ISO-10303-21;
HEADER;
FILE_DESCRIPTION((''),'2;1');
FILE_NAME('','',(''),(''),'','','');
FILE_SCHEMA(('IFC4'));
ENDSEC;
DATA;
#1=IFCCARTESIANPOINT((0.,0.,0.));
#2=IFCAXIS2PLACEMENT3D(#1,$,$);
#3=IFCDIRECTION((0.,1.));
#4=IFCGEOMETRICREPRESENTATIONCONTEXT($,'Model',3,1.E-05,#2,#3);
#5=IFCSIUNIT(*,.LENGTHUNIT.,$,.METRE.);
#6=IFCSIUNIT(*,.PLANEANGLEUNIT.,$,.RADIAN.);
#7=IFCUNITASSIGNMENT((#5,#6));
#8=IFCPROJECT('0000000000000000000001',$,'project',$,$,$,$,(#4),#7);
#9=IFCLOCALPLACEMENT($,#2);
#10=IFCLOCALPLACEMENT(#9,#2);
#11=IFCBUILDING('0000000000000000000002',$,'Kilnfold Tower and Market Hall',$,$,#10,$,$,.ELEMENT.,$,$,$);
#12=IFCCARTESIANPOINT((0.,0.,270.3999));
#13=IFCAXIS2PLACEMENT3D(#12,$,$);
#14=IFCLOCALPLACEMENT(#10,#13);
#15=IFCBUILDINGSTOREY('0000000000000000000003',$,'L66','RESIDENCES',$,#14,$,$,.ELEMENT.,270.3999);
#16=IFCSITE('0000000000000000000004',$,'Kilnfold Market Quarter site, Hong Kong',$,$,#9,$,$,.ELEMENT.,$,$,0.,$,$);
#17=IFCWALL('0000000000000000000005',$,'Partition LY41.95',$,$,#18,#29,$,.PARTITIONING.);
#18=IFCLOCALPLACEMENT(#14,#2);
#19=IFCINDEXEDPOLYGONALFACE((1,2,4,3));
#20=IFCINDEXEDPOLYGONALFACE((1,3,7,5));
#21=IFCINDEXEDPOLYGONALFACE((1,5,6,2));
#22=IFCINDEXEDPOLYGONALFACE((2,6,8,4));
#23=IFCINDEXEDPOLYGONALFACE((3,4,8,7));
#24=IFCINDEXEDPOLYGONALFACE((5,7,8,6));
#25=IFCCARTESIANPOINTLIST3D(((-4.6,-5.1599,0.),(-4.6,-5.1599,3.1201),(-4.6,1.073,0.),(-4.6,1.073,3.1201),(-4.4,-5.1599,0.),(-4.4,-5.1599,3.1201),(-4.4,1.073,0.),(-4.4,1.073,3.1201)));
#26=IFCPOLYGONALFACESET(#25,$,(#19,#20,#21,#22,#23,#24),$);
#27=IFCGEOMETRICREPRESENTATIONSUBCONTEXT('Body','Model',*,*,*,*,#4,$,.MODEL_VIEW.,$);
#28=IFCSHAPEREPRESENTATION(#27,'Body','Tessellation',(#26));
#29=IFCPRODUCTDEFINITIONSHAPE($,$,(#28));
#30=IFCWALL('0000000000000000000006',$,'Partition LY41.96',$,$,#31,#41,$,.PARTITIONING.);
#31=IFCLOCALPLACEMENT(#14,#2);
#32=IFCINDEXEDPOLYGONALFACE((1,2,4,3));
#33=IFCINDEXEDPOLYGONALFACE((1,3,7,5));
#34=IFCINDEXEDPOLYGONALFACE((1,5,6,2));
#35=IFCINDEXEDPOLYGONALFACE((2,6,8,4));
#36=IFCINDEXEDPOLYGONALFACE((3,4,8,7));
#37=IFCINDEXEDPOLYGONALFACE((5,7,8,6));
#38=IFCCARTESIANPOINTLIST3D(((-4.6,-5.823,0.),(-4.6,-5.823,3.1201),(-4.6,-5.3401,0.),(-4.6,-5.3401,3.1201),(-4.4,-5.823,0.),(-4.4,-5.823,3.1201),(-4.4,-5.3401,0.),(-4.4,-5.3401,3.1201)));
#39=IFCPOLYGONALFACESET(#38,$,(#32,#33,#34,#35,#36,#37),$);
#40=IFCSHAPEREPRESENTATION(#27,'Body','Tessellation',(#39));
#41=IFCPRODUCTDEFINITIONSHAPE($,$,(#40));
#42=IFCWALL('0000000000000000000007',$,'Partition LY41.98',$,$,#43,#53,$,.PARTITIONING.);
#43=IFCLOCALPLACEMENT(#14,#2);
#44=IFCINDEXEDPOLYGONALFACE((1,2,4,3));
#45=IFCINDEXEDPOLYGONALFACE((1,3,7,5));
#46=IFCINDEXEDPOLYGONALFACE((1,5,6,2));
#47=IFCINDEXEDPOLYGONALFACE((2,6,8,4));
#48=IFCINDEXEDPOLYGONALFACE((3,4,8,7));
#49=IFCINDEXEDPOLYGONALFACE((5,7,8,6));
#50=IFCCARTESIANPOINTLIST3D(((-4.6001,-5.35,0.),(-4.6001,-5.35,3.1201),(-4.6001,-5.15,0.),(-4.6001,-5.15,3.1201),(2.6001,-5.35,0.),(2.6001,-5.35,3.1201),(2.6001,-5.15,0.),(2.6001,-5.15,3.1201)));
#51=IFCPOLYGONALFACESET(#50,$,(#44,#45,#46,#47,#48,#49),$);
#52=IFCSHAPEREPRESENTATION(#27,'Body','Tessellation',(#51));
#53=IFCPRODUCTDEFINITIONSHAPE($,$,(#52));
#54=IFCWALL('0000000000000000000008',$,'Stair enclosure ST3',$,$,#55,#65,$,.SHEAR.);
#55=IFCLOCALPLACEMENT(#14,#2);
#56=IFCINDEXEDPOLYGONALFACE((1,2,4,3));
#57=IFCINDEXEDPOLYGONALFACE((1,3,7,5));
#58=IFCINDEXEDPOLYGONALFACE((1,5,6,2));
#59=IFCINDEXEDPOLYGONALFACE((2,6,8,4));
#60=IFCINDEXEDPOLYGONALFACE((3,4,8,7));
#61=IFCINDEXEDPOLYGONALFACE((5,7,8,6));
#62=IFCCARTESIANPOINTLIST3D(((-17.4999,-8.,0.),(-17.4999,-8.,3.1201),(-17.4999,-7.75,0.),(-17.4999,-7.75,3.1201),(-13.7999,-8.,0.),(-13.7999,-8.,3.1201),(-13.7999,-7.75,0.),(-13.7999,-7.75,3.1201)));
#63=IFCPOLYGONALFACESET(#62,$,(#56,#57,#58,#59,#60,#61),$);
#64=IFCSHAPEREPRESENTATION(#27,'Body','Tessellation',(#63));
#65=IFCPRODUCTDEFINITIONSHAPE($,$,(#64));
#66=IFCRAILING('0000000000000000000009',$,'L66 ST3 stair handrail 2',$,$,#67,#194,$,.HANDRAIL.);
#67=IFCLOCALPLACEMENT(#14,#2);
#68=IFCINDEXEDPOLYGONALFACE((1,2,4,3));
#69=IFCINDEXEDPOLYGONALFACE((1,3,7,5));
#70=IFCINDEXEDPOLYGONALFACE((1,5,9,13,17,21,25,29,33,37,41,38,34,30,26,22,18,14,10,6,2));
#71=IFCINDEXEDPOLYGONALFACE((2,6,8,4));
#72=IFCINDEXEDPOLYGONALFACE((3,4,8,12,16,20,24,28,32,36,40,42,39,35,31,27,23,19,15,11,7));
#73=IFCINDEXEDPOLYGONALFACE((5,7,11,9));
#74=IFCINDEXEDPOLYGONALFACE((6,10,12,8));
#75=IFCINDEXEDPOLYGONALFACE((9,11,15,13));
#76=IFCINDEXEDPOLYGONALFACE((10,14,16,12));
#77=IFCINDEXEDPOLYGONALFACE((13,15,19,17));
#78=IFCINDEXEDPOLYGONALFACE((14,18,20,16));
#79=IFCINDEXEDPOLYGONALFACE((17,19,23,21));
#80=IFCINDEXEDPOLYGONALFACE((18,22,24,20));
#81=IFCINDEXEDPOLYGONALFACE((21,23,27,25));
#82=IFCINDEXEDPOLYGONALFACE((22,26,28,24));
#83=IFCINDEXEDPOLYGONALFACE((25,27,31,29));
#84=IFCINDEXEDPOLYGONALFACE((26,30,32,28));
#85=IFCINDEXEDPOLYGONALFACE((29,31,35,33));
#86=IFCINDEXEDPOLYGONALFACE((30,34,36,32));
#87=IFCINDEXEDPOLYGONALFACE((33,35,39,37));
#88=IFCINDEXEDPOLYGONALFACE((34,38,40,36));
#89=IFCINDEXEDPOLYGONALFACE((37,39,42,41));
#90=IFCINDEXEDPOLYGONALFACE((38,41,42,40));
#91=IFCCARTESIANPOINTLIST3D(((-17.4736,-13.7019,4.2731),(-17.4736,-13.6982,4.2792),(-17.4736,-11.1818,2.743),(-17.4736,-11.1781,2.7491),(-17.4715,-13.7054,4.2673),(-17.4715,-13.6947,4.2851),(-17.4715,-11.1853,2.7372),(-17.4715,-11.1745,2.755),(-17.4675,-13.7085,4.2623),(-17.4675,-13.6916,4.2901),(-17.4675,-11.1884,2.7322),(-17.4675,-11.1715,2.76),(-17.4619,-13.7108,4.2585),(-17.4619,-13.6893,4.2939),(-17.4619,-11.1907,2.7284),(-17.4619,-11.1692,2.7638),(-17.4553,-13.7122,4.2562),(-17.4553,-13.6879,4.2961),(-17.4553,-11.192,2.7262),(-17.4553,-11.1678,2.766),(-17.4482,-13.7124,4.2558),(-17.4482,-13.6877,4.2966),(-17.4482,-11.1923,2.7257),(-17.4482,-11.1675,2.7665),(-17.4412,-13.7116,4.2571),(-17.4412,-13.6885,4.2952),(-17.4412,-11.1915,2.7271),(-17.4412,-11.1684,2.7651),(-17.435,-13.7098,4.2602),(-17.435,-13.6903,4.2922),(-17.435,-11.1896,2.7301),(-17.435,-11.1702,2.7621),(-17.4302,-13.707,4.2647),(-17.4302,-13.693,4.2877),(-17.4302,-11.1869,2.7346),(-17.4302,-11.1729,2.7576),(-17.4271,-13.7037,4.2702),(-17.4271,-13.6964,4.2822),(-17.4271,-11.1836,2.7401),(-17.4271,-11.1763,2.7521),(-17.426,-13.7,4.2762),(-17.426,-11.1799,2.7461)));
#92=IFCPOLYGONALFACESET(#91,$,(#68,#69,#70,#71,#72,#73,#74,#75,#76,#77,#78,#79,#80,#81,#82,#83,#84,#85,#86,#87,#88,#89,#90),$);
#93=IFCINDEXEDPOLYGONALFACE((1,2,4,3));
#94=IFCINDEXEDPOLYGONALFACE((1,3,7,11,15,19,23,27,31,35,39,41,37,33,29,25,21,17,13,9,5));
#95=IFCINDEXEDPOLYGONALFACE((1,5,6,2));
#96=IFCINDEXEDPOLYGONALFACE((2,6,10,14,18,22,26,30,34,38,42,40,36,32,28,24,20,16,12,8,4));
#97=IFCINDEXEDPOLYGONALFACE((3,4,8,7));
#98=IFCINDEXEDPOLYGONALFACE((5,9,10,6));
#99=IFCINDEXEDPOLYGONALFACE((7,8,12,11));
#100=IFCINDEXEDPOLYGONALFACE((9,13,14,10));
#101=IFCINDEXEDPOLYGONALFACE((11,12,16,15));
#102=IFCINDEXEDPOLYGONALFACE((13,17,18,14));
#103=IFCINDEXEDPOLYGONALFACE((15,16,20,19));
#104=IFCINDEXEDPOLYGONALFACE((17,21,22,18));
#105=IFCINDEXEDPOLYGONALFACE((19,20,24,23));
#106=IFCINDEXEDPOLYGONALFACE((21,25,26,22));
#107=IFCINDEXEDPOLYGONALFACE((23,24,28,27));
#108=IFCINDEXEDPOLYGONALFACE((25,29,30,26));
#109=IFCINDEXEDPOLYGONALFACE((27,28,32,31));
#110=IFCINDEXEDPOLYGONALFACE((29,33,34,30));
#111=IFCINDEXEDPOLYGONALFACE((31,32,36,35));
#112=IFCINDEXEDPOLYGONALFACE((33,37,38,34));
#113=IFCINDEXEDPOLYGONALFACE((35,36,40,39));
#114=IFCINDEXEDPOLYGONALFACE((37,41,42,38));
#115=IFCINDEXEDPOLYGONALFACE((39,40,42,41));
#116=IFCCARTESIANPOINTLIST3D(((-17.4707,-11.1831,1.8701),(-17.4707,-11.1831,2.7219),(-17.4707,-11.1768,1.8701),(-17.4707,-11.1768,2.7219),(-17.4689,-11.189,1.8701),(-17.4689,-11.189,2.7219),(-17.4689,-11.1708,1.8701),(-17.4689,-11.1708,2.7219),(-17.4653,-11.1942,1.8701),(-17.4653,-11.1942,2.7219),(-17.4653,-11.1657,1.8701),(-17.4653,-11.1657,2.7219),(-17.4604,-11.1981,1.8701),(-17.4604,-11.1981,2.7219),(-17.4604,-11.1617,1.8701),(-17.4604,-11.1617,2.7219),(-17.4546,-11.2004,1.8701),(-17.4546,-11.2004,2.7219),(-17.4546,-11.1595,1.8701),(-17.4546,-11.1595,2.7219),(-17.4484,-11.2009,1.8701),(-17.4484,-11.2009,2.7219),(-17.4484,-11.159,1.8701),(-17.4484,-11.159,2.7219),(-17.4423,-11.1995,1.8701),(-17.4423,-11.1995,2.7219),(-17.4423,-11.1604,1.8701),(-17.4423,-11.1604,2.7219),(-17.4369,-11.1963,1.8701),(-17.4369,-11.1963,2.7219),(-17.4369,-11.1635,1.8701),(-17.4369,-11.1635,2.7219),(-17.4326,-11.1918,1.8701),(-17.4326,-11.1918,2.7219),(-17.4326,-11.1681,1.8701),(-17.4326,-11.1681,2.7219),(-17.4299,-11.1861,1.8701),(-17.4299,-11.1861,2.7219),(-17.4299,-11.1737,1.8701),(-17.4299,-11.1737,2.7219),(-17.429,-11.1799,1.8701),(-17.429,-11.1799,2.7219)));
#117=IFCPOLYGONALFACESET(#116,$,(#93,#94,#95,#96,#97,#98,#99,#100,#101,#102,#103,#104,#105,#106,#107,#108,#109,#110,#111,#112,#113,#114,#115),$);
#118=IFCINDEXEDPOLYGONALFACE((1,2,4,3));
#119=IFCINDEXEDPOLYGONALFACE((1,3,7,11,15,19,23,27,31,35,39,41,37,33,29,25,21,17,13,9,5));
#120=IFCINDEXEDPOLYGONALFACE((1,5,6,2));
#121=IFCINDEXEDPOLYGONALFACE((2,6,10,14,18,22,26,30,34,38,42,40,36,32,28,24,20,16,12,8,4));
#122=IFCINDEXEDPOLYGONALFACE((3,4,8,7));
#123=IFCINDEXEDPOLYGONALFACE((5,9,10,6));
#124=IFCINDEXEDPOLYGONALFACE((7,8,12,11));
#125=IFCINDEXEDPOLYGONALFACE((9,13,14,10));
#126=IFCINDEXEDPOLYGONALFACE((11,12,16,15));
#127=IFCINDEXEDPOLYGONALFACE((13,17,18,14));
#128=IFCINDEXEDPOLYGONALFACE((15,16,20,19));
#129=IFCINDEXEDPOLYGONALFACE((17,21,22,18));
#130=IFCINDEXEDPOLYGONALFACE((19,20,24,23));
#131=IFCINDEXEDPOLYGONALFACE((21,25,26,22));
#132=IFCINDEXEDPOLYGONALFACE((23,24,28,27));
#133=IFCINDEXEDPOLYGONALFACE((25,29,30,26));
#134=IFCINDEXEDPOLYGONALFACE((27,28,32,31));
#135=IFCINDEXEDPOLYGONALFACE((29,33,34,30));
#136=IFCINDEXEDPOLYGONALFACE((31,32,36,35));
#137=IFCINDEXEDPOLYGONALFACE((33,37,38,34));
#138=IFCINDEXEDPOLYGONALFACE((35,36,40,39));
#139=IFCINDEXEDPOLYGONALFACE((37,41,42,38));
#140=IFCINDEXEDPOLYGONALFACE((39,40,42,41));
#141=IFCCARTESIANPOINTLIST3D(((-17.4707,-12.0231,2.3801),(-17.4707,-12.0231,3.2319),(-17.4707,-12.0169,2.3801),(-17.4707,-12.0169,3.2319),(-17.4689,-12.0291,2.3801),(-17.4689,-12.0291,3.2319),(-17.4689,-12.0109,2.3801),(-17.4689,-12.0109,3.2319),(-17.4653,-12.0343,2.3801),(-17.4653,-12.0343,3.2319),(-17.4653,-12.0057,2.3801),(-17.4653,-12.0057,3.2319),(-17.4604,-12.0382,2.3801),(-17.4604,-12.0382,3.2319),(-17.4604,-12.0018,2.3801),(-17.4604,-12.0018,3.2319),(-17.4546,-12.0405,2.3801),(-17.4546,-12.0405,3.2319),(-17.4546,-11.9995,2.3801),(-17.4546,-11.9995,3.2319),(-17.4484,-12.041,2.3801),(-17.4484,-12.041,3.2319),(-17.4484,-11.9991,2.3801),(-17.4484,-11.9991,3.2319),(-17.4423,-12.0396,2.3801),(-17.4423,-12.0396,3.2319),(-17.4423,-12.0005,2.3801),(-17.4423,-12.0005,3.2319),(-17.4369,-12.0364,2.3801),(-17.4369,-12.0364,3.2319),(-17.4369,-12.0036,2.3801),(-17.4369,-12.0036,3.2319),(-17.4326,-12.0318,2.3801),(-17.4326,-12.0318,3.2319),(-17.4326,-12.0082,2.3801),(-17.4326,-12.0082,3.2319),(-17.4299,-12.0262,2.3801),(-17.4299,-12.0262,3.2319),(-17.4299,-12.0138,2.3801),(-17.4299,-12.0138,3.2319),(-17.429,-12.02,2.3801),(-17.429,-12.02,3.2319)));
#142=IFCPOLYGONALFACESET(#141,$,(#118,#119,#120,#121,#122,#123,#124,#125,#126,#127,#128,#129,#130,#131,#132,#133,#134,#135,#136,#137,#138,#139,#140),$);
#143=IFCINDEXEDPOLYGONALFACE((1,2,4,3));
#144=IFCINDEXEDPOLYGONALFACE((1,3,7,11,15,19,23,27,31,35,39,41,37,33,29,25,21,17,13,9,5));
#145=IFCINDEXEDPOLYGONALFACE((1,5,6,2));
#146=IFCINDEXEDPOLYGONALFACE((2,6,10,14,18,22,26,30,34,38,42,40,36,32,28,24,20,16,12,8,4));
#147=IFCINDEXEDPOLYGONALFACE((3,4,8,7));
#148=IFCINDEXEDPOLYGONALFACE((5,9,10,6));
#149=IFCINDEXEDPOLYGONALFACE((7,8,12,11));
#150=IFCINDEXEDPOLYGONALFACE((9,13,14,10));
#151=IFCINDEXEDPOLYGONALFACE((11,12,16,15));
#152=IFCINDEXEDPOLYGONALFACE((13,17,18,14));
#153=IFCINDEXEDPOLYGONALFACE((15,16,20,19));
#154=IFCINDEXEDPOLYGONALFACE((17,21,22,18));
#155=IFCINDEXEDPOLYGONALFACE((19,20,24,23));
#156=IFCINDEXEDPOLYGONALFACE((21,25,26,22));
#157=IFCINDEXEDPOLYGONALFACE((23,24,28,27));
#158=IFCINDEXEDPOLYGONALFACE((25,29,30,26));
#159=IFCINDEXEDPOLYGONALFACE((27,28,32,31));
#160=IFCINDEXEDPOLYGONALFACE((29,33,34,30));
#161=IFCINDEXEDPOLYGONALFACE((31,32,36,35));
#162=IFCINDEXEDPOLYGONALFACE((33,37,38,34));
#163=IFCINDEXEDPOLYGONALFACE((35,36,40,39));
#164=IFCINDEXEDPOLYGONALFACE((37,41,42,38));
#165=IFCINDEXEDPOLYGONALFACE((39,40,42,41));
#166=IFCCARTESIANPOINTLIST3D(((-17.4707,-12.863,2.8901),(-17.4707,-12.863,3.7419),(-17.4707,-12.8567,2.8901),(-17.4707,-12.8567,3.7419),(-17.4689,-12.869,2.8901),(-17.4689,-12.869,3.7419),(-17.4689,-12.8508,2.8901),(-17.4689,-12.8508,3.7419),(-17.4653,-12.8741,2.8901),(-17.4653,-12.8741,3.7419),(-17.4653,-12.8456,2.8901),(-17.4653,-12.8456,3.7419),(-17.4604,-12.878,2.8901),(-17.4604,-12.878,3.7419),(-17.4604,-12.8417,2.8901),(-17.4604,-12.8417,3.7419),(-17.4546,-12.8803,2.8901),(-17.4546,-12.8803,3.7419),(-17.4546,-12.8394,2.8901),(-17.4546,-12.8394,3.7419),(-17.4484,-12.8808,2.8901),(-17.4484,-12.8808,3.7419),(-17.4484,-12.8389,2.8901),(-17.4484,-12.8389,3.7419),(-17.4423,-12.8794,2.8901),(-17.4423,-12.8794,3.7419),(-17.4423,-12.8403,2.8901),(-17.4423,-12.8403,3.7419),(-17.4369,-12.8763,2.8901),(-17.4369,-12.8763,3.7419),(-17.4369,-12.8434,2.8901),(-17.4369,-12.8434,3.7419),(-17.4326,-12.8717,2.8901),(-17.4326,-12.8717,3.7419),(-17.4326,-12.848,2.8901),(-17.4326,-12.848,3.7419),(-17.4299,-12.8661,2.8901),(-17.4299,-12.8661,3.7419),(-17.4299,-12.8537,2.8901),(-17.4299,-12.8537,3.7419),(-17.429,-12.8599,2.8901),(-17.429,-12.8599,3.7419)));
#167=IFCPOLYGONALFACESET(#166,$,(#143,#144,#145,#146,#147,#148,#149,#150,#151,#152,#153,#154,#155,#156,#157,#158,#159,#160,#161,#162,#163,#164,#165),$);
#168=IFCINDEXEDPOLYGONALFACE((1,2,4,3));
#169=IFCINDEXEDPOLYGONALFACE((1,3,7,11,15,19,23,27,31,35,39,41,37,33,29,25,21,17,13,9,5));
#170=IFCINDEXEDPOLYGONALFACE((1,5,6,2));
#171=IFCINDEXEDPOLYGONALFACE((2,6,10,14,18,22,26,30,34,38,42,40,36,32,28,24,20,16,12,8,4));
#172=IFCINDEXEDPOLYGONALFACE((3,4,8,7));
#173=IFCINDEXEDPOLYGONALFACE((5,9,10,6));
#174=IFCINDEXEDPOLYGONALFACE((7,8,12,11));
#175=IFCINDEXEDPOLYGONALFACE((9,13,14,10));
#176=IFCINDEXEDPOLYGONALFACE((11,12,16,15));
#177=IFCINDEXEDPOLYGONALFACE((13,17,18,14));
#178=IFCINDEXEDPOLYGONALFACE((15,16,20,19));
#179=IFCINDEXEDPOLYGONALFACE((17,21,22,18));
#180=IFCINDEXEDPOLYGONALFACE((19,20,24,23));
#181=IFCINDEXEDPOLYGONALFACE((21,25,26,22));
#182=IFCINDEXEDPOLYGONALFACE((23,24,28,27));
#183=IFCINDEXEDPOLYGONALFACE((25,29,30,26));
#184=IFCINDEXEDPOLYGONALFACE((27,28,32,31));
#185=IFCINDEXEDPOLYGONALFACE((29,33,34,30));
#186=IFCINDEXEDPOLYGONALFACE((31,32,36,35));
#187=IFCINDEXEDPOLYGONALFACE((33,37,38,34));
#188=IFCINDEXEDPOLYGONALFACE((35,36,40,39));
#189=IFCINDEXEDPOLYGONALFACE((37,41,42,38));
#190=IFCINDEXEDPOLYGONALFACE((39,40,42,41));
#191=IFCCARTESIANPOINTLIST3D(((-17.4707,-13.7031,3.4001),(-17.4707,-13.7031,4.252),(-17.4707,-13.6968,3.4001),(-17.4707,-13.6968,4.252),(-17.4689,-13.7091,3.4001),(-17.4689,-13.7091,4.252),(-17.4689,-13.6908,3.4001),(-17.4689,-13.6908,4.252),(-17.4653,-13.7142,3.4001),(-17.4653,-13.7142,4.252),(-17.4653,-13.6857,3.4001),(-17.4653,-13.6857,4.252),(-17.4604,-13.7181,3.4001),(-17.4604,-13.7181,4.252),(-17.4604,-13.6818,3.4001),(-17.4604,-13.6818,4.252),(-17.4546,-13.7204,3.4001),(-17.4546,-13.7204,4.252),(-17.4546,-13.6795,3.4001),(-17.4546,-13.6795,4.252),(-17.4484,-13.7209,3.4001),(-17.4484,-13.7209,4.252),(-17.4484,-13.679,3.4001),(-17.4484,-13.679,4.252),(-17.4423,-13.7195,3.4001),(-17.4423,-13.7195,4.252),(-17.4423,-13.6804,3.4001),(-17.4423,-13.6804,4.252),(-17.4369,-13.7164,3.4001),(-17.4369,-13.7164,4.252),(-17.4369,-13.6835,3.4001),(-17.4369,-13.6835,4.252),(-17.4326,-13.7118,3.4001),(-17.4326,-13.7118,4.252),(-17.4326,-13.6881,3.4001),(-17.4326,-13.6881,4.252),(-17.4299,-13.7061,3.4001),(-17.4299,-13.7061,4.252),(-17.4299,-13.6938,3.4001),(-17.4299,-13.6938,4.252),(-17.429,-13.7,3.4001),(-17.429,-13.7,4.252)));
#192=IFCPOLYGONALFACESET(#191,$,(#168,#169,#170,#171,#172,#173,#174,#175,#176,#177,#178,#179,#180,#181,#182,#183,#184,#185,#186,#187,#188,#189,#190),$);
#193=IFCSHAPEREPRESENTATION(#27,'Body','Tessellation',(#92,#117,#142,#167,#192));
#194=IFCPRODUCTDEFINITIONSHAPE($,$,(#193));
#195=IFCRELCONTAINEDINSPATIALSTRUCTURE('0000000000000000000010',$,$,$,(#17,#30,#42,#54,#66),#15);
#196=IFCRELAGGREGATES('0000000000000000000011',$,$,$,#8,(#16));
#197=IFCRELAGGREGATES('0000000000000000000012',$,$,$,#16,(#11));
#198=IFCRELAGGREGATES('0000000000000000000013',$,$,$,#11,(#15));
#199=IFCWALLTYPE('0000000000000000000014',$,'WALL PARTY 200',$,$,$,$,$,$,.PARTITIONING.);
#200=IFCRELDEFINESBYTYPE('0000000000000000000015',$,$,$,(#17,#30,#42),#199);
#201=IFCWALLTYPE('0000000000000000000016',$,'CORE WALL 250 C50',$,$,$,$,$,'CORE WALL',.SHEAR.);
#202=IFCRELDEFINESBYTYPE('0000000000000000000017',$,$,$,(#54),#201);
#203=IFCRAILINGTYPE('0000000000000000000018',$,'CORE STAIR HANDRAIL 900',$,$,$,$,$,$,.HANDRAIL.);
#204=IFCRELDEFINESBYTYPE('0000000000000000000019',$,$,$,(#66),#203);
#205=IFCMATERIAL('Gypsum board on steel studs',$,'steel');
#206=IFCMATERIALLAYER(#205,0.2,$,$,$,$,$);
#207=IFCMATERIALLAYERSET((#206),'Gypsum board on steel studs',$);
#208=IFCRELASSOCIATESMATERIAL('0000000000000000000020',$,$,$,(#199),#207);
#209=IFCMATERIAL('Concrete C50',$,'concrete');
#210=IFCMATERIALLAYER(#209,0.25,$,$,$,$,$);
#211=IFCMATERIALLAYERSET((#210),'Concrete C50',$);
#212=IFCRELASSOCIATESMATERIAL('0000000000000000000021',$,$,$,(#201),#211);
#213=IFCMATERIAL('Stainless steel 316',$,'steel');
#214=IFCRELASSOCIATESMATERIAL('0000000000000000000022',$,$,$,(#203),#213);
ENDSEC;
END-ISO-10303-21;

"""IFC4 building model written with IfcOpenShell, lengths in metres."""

from ifc_helpers import new_model, si_unit, direction, frame, frame_2d, origin, origin_2d, place, context, subcontext, project, spatial, rectangle, circle, extrude, source, transform, mapped, material, layer, layer_set, type_object, element, save


model = new_model("IFC4")

# Units and contexts
model_context = context("Model", 3, precision=1e-05, world=origin(), true_north=direction((0.0, 1.0)))
body_context = subcontext(model_context, "Body", "Model", "MODEL_VIEW")
ifc_project = project(units=[si_unit("LENGTHUNIT", "METRE"), si_unit("PLANEANGLEUNIT", "RADIAN")], contexts=[model_context])

# Site, building, storey
site_placement = place(None, origin())
site = spatial("IfcSite", under=ifc_project, at=site_placement, Name="Kilnfold Market Quarter site, Hong Kong", CompositionType="ELEMENT", RefElevation=0.0)
building_placement = place(site_placement, origin())
building = spatial("IfcBuilding", under=site, at=building_placement, Name="Kilnfold Tower and Market Hall", CompositionType="ELEMENT")
storey_placement = place(building_placement, frame((0.0, 0.0, 270.3999)))
storey = spatial("IfcBuildingStorey", under=building, at=storey_placement, Name="L66", Description="RESIDENCES", CompositionType="ELEMENT", Elevation=270.3999)

# Walls
ifc_material_1 = material(Name="Gypsum board on steel studs", Category="steel")
ifc_layer_1 = layer(ifc_material_1, 0.2)
ifc_layer_set_1 = layer_set([ifc_layer_1], Name="Gypsum board on steel studs")
wall_type_1 = type_object("IfcWallType", Name="WALL PARTY 200", PredefinedType="PARTITIONING", material=ifc_layer_set_1)
wall_1_placement = place(storey_placement, frame((-4.5, -5.1599, 0.0), z_axis=(0.0, 0.0, 1.0), x_axis=(0.0, 1.0, 0.0)))
element("IfcWall", 1, at=wall_1_placement, inside=storey, type_object=wall_type_1, Name="Partition LY41.95", PredefinedType="PARTITIONING", context=body_context, shape_type="SweptSolid", body=[
    extrude(rectangle(XDim=6.2329, YDim=0.2, at=frame_2d((3.1165, 0.0))), origin(), (0.0, 0.0, 1.0), 3.1201),
])
wall_2_placement = place(storey_placement, frame((-4.5, -5.823, 0.0), z_axis=(0.0, 0.0, 1.0), x_axis=(0.0, 1.0, 0.0)))
element("IfcWall", 2, at=wall_2_placement, inside=storey, type_object=wall_type_1, Name="Partition LY41.96", PredefinedType="PARTITIONING", context=body_context, shape_type="SweptSolid", body=[
    extrude(rectangle(XDim=0.4829, YDim=0.2, at=frame_2d((0.2415, 0.0))), origin(), (0.0, 0.0, 1.0), 3.1201),
])
wall_3_placement = place(storey_placement, frame((-4.6001, -5.25, 0.0), z_axis=(0.0, 0.0, 1.0), x_axis=(1.0, 0.0, 0.0)))
element("IfcWall", 3, at=wall_3_placement, inside=storey, type_object=wall_type_1, Name="Partition LY41.98", PredefinedType="PARTITIONING", context=body_context, shape_type="SweptSolid", body=[
    extrude(rectangle(XDim=7.2002, YDim=0.2, at=frame_2d((3.6001, 0.0))), origin(), (0.0, 0.0, 1.0), 3.1201),
])
ifc_material_2 = material(Name="Concrete C50", Category="concrete")
ifc_layer_2 = layer(ifc_material_2, 0.25)
ifc_layer_set_2 = layer_set([ifc_layer_2], Name="Concrete C50")
wall_type_2 = type_object("IfcWallType", Name="CORE WALL 250 C50", ElementType="CORE WALL", PredefinedType="SHEAR", material=ifc_layer_set_2)
shared_shape_1 = source(origin(), body_context, "Body", "SweptSolid", [
    extrude(rectangle(XDim=3.7, YDim=0.25, at=frame_2d((1.8501, 0.0))), origin(), (0.0, 0.0, 1.0), 3.1201),
])
wall_4_placement = place(storey_placement, frame((-17.5, -7.875, 0.0), z_axis=(0.0, 0.0, 1.0), x_axis=(1.0, 0.0, 0.0)))
element("IfcWall", 4, at=wall_4_placement, inside=storey, type_object=wall_type_2, Name="Stair enclosure ST3", PredefinedType="SHEAR", context=body_context, shape_type="MappedRepresentation", body=[
    mapped(shared_shape_1, transform((0.0, 0.0, 0.0))),
])

# Railing
ifc_material_3 = material(Name="Stainless steel 316", Category="steel")
railing_type = type_object("IfcRailingType", Name="CORE STAIR HANDRAIL 900", PredefinedType="HANDRAIL", material=ifc_material_3)
railing_placement = place(storey_placement, frame((-17.45, -11.1799, 1.8701)))
element("IfcRailing", 5, at=railing_placement, inside=storey, type_object=railing_type, Name="L66 ST3 stair handrail 2", PredefinedType="HANDRAIL", context=body_context, shape_type="SweptSolid", body=[
    extrude(circle(Radius=0.0239, at=origin_2d()), frame((0.0, 0.0, 0.876), z_axis=(0.0, -0.854785, 0.518982), x_axis=(1.0, 0.0, 0.0)), (0.0, 0.0, 1.0), 2.9482),
    extrude(circle(Radius=0.021, at=origin_2d()), origin(), (0.0, 0.0, 1.0), 0.8518),
    extrude(circle(Radius=0.021, at=origin_2d()), frame((0.0, -0.8401, 0.51)), (0.0, 0.0, 1.0), 0.8518),
    extrude(circle(Radius=0.021, at=origin_2d()), frame((0.0, -1.6799, 1.02)), (0.0, 0.0, 1.0), 0.8518),
    extrude(circle(Radius=0.021, at=origin_2d()), frame((0.0, -2.52, 1.53)), (0.0, 0.0, 1.0), 0.8518),
])

save(model, "model.ifc")
